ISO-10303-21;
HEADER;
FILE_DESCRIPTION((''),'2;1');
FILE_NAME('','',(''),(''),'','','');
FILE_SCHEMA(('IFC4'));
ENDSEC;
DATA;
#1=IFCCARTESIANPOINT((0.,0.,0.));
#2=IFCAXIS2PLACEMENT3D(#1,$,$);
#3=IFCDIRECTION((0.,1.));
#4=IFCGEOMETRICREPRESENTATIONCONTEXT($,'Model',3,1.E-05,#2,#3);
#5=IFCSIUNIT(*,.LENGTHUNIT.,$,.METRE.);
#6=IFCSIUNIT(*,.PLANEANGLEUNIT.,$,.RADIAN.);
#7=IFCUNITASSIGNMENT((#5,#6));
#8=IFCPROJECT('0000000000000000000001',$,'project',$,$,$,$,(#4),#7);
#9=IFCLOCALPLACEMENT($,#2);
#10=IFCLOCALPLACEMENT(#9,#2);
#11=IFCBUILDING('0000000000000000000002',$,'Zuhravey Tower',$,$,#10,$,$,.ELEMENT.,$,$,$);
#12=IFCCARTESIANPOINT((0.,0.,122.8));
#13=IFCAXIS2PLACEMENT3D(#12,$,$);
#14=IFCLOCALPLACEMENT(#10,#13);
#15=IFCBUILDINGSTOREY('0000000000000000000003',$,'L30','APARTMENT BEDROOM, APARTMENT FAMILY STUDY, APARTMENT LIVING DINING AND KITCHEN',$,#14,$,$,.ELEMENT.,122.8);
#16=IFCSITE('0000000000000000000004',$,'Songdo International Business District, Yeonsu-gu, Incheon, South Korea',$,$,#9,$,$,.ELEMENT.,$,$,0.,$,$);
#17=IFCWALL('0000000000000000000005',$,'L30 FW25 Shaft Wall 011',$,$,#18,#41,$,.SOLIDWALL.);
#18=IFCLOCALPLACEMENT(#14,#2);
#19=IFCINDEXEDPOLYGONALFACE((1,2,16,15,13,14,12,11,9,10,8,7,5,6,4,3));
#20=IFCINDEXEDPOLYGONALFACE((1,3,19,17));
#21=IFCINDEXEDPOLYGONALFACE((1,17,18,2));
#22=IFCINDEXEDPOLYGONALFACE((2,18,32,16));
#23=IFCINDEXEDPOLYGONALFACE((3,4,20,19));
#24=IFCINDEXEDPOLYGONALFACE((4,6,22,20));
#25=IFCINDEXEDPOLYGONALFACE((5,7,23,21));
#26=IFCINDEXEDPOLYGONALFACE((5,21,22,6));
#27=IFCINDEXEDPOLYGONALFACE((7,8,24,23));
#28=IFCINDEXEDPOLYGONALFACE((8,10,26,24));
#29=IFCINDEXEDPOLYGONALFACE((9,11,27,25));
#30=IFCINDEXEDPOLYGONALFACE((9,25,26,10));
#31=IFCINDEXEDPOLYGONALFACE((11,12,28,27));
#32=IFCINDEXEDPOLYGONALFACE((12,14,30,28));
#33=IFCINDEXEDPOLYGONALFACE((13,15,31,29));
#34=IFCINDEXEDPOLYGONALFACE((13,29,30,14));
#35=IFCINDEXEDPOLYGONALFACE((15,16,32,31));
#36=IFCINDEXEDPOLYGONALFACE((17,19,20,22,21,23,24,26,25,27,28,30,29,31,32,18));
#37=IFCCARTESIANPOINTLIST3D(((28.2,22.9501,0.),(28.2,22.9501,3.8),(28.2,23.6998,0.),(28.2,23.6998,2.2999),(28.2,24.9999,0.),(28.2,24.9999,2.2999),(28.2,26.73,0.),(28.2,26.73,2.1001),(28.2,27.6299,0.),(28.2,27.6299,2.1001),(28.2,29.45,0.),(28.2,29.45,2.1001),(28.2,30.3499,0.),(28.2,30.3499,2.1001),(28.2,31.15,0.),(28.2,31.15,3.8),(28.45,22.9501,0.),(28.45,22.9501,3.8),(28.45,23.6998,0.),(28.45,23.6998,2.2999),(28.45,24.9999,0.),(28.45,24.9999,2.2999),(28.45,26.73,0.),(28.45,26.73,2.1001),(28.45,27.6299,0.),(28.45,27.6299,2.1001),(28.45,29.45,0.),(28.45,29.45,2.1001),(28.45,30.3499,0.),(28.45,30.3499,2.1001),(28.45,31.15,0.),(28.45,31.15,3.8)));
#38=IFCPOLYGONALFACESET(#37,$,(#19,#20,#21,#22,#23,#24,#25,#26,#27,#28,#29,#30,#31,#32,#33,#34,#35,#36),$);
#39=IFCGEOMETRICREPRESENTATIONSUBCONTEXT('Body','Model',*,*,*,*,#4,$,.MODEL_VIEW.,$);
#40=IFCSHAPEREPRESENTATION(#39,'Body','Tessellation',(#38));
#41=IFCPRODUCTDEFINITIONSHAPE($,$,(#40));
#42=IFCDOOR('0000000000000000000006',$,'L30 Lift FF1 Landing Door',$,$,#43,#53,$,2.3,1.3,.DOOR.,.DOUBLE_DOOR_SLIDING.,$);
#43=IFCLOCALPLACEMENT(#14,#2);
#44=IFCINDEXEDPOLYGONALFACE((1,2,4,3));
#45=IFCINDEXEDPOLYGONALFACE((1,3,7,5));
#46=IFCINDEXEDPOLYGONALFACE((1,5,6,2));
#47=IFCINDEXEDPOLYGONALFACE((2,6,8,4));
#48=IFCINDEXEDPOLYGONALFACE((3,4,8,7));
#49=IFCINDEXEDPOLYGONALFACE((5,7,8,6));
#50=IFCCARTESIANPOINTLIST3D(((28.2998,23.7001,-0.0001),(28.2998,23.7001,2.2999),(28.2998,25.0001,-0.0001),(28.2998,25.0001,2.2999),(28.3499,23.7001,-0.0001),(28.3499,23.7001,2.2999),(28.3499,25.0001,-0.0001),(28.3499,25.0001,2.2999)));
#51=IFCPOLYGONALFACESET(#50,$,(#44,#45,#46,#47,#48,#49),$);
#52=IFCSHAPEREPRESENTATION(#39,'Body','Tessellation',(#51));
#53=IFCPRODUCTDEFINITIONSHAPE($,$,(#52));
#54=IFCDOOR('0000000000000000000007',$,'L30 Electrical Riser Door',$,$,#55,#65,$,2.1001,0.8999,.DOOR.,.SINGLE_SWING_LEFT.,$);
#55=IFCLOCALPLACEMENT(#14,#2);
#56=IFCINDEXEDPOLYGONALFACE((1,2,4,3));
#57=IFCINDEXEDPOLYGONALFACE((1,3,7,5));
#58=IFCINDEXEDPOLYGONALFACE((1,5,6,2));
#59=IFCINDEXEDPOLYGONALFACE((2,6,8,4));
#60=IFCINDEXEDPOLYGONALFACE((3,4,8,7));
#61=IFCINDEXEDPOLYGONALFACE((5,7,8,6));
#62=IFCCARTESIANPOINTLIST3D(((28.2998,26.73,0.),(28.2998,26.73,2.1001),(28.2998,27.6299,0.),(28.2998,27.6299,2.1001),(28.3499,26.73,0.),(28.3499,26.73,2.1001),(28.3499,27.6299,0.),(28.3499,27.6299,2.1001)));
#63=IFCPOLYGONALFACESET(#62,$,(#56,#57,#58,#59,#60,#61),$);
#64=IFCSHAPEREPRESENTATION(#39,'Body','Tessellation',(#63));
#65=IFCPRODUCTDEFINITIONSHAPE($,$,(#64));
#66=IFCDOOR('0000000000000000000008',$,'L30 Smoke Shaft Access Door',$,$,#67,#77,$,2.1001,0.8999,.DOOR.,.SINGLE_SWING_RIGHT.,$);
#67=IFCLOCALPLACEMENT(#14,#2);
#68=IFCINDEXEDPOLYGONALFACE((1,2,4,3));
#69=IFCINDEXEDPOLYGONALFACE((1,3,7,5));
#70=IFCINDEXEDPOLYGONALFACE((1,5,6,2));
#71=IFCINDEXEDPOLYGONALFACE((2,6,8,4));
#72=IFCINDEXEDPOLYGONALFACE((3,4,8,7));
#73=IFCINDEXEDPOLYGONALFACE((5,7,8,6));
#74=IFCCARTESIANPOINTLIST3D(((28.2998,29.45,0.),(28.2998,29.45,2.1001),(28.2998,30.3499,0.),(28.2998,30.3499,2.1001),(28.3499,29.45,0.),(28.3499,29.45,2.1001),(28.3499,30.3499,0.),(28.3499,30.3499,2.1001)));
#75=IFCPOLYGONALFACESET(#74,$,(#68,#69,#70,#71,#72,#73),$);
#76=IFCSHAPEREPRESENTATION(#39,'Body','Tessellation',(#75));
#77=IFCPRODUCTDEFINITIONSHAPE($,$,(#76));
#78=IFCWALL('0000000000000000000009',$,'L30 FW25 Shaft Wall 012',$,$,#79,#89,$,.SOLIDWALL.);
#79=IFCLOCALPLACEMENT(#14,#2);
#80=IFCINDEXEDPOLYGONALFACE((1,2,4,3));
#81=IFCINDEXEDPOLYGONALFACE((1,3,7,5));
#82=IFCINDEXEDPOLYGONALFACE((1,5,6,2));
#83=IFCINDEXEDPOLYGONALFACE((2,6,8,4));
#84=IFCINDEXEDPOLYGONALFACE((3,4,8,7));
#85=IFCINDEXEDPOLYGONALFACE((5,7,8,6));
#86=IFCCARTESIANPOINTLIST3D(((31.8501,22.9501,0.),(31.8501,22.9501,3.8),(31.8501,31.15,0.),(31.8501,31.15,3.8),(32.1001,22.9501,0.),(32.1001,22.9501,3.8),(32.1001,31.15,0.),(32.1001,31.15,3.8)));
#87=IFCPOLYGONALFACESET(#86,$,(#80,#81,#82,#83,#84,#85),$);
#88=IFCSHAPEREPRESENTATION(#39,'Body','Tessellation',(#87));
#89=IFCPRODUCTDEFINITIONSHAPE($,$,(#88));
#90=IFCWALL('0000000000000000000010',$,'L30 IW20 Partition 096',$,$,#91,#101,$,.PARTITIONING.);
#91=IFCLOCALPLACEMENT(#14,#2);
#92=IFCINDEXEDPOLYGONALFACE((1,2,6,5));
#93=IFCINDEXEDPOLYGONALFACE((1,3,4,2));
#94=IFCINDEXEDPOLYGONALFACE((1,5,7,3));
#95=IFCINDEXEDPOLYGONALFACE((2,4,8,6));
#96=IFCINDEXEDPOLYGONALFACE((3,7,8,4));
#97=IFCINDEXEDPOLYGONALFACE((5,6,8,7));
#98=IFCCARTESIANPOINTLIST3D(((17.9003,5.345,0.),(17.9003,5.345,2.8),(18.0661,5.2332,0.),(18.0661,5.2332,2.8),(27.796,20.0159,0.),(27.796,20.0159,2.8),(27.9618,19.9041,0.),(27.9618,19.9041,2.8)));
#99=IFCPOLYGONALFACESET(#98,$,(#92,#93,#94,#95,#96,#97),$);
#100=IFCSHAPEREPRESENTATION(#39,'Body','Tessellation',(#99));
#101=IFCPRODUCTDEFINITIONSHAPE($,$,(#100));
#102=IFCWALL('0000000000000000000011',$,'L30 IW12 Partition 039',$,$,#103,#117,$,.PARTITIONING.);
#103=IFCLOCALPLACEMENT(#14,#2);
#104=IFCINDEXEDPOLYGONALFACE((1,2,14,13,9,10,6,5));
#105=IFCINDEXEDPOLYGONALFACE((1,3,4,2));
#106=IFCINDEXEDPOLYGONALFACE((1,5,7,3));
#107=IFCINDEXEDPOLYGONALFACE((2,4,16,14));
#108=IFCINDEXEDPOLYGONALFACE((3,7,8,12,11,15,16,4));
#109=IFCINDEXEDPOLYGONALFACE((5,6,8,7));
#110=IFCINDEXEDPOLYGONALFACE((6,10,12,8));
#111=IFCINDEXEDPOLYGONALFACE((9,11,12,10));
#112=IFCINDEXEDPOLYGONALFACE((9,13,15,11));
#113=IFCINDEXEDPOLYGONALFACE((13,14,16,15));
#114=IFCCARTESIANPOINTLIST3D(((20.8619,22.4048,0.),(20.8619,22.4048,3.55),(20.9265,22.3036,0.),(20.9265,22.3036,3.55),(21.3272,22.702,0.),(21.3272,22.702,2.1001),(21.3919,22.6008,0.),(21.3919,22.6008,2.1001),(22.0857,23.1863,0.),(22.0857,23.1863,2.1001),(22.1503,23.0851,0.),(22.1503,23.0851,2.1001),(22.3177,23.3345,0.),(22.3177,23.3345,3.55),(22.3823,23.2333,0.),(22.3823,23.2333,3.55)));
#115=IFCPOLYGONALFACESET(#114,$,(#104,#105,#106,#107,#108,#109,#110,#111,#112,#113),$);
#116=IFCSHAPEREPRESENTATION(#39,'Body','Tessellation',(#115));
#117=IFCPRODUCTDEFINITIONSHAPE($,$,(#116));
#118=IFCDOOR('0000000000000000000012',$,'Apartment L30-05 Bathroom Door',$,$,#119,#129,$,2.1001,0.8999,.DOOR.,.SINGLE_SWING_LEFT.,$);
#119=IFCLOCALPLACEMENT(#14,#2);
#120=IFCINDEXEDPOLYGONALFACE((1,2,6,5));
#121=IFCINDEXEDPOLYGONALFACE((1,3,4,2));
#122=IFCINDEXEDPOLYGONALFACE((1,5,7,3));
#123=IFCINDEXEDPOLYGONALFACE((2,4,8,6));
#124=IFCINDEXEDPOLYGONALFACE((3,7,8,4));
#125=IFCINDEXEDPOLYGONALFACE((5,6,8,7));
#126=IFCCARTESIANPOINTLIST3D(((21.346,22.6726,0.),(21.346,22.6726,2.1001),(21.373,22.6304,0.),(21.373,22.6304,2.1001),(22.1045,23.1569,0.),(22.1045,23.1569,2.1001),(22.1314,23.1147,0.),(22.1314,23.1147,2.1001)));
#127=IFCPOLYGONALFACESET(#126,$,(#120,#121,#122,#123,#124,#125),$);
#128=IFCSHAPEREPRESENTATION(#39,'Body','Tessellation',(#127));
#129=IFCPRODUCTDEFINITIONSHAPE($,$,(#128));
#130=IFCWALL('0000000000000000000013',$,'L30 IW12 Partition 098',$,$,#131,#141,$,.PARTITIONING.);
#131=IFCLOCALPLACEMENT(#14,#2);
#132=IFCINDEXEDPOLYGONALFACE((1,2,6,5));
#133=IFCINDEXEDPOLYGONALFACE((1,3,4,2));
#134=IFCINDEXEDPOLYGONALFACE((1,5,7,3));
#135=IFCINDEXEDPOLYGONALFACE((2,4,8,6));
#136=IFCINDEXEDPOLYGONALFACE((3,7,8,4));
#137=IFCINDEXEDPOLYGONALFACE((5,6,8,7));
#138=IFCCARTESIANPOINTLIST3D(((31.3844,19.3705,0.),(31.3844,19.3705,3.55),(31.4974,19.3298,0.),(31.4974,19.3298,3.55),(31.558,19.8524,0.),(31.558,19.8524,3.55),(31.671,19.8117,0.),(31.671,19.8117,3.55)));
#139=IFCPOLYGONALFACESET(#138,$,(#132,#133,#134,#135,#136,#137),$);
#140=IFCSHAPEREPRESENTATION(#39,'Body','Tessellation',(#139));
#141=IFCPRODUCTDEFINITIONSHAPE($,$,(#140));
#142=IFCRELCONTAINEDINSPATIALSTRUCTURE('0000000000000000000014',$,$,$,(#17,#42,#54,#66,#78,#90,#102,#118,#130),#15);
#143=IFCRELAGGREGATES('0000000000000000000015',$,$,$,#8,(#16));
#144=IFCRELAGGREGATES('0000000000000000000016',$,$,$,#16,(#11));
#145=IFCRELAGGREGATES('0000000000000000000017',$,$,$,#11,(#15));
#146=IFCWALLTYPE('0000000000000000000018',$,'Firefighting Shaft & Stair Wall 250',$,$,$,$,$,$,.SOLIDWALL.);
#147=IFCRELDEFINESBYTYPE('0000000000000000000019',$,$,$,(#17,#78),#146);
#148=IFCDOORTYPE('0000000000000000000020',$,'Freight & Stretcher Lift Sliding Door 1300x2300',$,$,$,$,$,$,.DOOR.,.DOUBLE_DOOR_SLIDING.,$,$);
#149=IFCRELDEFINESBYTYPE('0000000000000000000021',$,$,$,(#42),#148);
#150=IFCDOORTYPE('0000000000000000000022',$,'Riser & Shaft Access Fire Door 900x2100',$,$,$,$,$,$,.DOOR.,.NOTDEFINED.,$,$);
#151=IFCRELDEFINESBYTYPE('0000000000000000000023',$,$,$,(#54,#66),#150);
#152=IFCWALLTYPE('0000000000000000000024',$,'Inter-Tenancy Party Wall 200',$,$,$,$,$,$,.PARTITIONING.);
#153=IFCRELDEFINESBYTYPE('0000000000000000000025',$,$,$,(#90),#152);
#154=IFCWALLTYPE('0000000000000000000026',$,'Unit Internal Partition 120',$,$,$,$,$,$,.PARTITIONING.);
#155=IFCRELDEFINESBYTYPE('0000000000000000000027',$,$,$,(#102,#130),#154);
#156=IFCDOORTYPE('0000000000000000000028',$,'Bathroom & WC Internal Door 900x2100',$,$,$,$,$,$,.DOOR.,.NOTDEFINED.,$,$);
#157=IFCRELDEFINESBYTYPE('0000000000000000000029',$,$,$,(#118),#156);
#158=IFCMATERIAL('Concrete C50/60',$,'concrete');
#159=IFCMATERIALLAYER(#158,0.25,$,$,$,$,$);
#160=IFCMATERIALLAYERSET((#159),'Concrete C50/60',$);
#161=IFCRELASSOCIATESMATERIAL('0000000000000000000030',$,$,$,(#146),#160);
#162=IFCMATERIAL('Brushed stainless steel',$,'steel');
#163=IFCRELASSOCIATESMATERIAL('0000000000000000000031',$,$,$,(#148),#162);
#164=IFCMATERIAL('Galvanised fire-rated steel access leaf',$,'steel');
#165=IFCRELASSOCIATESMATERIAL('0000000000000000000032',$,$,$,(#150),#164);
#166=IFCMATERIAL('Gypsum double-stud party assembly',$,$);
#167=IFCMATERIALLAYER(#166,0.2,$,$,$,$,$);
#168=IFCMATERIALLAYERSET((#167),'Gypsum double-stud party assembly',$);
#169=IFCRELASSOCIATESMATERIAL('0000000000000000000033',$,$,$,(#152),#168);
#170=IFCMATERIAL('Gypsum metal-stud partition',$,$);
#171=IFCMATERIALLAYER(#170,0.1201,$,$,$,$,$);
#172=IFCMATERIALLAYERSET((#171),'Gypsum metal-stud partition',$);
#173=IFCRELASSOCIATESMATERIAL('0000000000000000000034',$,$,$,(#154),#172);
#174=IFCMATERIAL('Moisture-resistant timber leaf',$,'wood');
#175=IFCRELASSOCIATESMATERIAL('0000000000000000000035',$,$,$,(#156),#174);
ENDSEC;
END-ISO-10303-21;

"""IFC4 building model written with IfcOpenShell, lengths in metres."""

from ifc_helpers import new_model, si_unit, direction, frame, frame_2d, origin, place, context, subcontext, project, spatial, rectangle, extrude, material, layer, layer_set, type_object, element, fill, save


model = new_model("IFC4")

# Units and contexts
model_context = context("Model", 3, precision=1e-05, world=origin(), true_north=direction((0.0, 1.0)))
body_context = subcontext(model_context, "Body", "Model", "MODEL_VIEW")
ifc_project = project(units=[si_unit("LENGTHUNIT", "METRE"), si_unit("PLANEANGLEUNIT", "RADIAN")], contexts=[model_context])

# Site, building, storey
site_placement = place(None, origin())
site = spatial("IfcSite", under=ifc_project, at=site_placement, Name="Songdo International Business District, Yeonsu-gu, Incheon, South Korea", CompositionType="ELEMENT", RefElevation=0.0)
building_placement = place(site_placement, origin())
building = spatial("IfcBuilding", under=site, at=building_placement, Name="Zuhravey Tower", CompositionType="ELEMENT")
storey_placement = place(building_placement, frame((0.0, 0.0, 122.8)))
storey = spatial("IfcBuildingStorey", under=building, at=storey_placement, Name="L30", Description="APARTMENT BEDROOM, APARTMENT FAMILY STUDY, APARTMENT LIVING DINING AND KITCHEN", CompositionType="ELEMENT", Elevation=122.8)

# Wall, openings, doors
ifc_material_1 = material(Name="Concrete C50/60", Category="concrete")
ifc_layer_1 = layer(ifc_material_1, 0.25)
ifc_layer_set_1 = layer_set([ifc_layer_1], Name="Concrete C50/60")
wall_type_1 = type_object("IfcWallType", Name="Firefighting Shaft & Stair Wall 250", PredefinedType="SOLIDWALL", material=ifc_layer_set_1)
wall_1_placement = place(storey_placement, frame((28.325, 22.95, 0.0), z_axis=(0.0, 0.0, 1.0), x_axis=(0.0, 1.0, 0.0)))
wall_1 = element("IfcWall", 1, at=wall_1_placement, inside=storey, type_object=wall_type_1, Name="L30 FW25 Shaft Wall 011", PredefinedType="SOLIDWALL", context=body_context, shape_type="SweptSolid", body=[
    extrude(rectangle(XDim=8.2, YDim=0.25, at=frame_2d((4.1001, 0.0))), origin(), (0.0, 0.0, 1.0), 3.8),
])
opening_1_placement = place(wall_1_placement, frame((0.75, 0.0, 0.0)))
opening_1 = element("IfcOpeningElement", 2, at=opening_1_placement, cuts=wall_1, PredefinedType="OPENING", context=body_context, shape_type="SweptSolid", body=[
    extrude(rectangle(XDim=1.3, YDim=2.3, at=frame_2d((0.6499, 1.1499))), frame((0.0, 0.137, 0.0), z_axis=(0.0, -1.0, 0.0), x_axis=(1.0, 0.0, 0.0)), (0.0, 0.0, 1.0), 0.2739),
])
opening_2_placement = place(wall_1_placement, frame((3.78, 0.0, 0.0)))
opening_2 = element("IfcOpeningElement", 3, at=opening_2_placement, cuts=wall_1, PredefinedType="OPENING", context=body_context, shape_type="SweptSolid", body=[
    extrude(rectangle(XDim=0.8999, YDim=2.1001, at=frame_2d((0.45, 1.05))), frame((0.0, 0.137, 0.0), z_axis=(0.0, -1.0, 0.0), x_axis=(1.0, 0.0, 0.0)), (0.0, 0.0, 1.0), 0.2739),
])
opening_3_placement = place(wall_1_placement, frame((6.5, 0.0, 0.0)))
opening_3 = element("IfcOpeningElement", 4, at=opening_3_placement, cuts=wall_1, PredefinedType="OPENING", context=body_context, shape_type="SweptSolid", body=[
    extrude(rectangle(XDim=0.8999, YDim=2.1001, at=frame_2d((0.45, 1.05))), frame((0.0, 0.137, 0.0), z_axis=(0.0, -1.0, 0.0), x_axis=(1.0, 0.0, 0.0)), (0.0, 0.0, 1.0), 0.2739),
])
ifc_material_2 = material(Name="Brushed stainless steel", Category="steel")
door_type_1 = type_object("IfcDoorType", Name="Freight & Stretcher Lift Sliding Door 1300x2300", OperationType="DOUBLE_DOOR_SLIDING", PredefinedType="DOOR", material=ifc_material_2)
door_1_placement = place(opening_1_placement, frame((1.3, 0.0, 0.0), z_axis=(0.0, 0.0, 1.0), x_axis=(-1.0, 0.0, 0.0)))
door_1 = element("IfcDoor", 5, at=door_1_placement, inside=storey, type_object=door_type_1, Name="L30 Lift FF1 Landing Door", OperationType="DOUBLE_DOOR_SLIDING", OverallHeight=2.3, OverallWidth=1.3, PredefinedType="DOOR", context=body_context, shape_type="SweptSolid", body=[
    extrude(rectangle(XDim=1.3, YDim=2.3, at=frame_2d((0.6499, 1.1499))), frame((0.0, 0.0249, 0.0), z_axis=(0.0, -1.0, 0.0), x_axis=(1.0, 0.0, 0.0)), (0.0, 0.0, 1.0), 0.05),
])
fill(opening_1, door_1)
ifc_material_3 = material(Name="Galvanised fire-rated steel access leaf", Category="steel")
door_type_2 = type_object("IfcDoorType", Name="Riser & Shaft Access Fire Door 900x2100", OperationType="NOTDEFINED", PredefinedType="DOOR", material=ifc_material_3)
door_2_placement = place(opening_2_placement, frame((0.8999, 0.0, 0.0), z_axis=(0.0, 0.0, 1.0), x_axis=(-1.0, 0.0, 0.0)))
door_2 = element("IfcDoor", 6, at=door_2_placement, inside=storey, type_object=door_type_2, Name="L30 Electrical Riser Door", OperationType="SINGLE_SWING_LEFT", OverallHeight=2.1001, OverallWidth=0.8999, PredefinedType="DOOR", context=body_context, shape_type="SweptSolid", body=[
    extrude(rectangle(XDim=0.8999, YDim=2.1001, at=frame_2d((0.45, 1.05))), frame((0.0, 0.0249, 0.0), z_axis=(0.0, -1.0, 0.0), x_axis=(1.0, 0.0, 0.0)), (0.0, 0.0, 1.0), 0.05),
])
fill(opening_2, door_2)
door_3_placement = place(opening_3_placement, frame((0.8999, 0.0, 0.0), z_axis=(0.0, 0.0, 1.0), x_axis=(-1.0, 0.0, 0.0)))
door_3 = element("IfcDoor", 7, at=door_3_placement, inside=storey, type_object=door_type_2, Name="L30 Smoke Shaft Access Door", OperationType="SINGLE_SWING_RIGHT", OverallHeight=2.1001, OverallWidth=0.8999, PredefinedType="DOOR", context=body_context, shape_type="SweptSolid", body=[
    extrude(rectangle(XDim=0.8999, YDim=2.1001, at=frame_2d((0.45, 1.05))), frame((0.0, 0.0249, 0.0), z_axis=(0.0, -1.0, 0.0), x_axis=(1.0, 0.0, 0.0)), (0.0, 0.0, 1.0), 0.05),
])
fill(opening_3, door_3)

# Walls
wall_2_placement = place(storey_placement, frame((31.9751, 22.95, 0.0), z_axis=(0.0, 0.0, 1.0), x_axis=(0.0, 1.0, 0.0)))
element("IfcWall", 8, at=wall_2_placement, inside=storey, type_object=wall_type_1, Name="L30 FW25 Shaft Wall 012", PredefinedType="SOLIDWALL", context=body_context, shape_type="SweptSolid", body=[
    extrude(rectangle(XDim=8.2, YDim=0.25, at=frame_2d((4.1001, 0.0))), origin(), (0.0, 0.0, 1.0), 3.8),
])
ifc_material_4 = material(Name="Gypsum double-stud party assembly")
ifc_layer_2 = layer(ifc_material_4, 0.2)
ifc_layer_set_2 = layer_set([ifc_layer_2], Name="Gypsum double-stud party assembly")
wall_type_2 = type_object("IfcWallType", Name="Inter-Tenancy Party Wall 200", PredefinedType="PARTITIONING", material=ifc_layer_set_2)
wall_3_placement = place(storey_placement, frame((27.8789, 19.96, 0.0), z_axis=(0.0, 0.0, 1.0), x_axis=(-0.559197, -0.829035, 0.0)))
element("IfcWall", 9, at=wall_3_placement, inside=storey, type_object=wall_type_2, Name="L30 IW20 Partition 096", PredefinedType="PARTITIONING", context=body_context, shape_type="SweptSolid", body=[
    extrude(rectangle(XDim=17.6963, YDim=0.2, at=frame_2d((8.8481, 0.0))), origin(), (0.0, 0.0, 1.0), 2.8),
])

# Wall, opening, door
ifc_material_5 = material(Name="Gypsum metal-stud partition")
ifc_layer_3 = layer(ifc_material_5, 0.1201)
ifc_layer_set_3 = layer_set([ifc_layer_3], Name="Gypsum metal-stud partition")
wall_type_3 = type_object("IfcWallType", Name="Unit Internal Partition 120", PredefinedType="PARTITIONING", material=ifc_layer_set_3)
wall_4_placement = place(storey_placement, frame((22.3501, 23.2839, 0.0), z_axis=(0.0, 0.0, 1.0), x_axis=(-0.842805, -0.538219, 0.0)))
wall_4 = element("IfcWall", 10, at=wall_4_placement, inside=storey, type_object=wall_type_3, Name="L30 IW12 Partition 039", PredefinedType="PARTITIONING", context=body_context, shape_type="SweptSolid", body=[
    extrude(rectangle(XDim=1.7273, YDim=0.1201, at=frame_2d((0.8638, 0.0))), origin(), (0.0, 0.0, 1.0), 3.55),
])
opening_4_placement = place(wall_4_placement, frame((0.2754, 0.0, 0.0)))
opening_4 = element("IfcOpeningElement", 11, at=opening_4_placement, cuts=wall_4, PredefinedType="OPENING", context=body_context, shape_type="SweptSolid", body=[
    extrude(rectangle(XDim=0.8999, YDim=2.1001, at=frame_2d((0.45, 1.05))), frame((0.0, 0.072, 0.0), z_axis=(0.0, -1.0, 0.0), x_axis=(1.0, 0.0, 0.0)), (0.0, 0.0, 1.0), 0.144),
])
ifc_material_6 = material(Name="Moisture-resistant timber leaf", Category="wood")
door_type_3 = type_object("IfcDoorType", Name="Bathroom & WC Internal Door 900x2100", OperationType="NOTDEFINED", PredefinedType="DOOR", material=ifc_material_6)
door_4_placement = place(opening_4_placement, origin())
door_4 = element("IfcDoor", 12, at=door_4_placement, inside=storey, type_object=door_type_3, Name="Apartment L30-05 Bathroom Door", OperationType="SINGLE_SWING_LEFT", OverallHeight=2.1001, OverallWidth=0.8999, PredefinedType="DOOR", context=body_context, shape_type="SweptSolid", body=[
    extrude(rectangle(XDim=0.8999, YDim=2.1001, at=frame_2d((0.45, 1.05))), frame((0.0, 0.0249, 0.0), z_axis=(0.0, -1.0, 0.0), x_axis=(1.0, 0.0, 0.0)), (0.0, 0.0, 1.0), 0.05),
])
fill(opening_4, door_4)

# Wall
wall_5_placement = place(storey_placement, frame((31.6145, 19.832, 0.0), z_axis=(0.0, 0.0, 1.0), x_axis=(-0.338871, -0.940833, 0.0)))
element("IfcWall", 13, at=wall_5_placement, inside=storey, type_object=wall_type_3, Name="L30 IW12 Partition 098", PredefinedType="PARTITIONING", context=body_context, shape_type="SweptSolid", body=[
    extrude(rectangle(XDim=0.5122, YDim=0.1201, at=frame_2d((0.2561, 0.0))), origin(), (0.0, 0.0, 1.0), 3.55),
])

save(model, "model.ifc")
